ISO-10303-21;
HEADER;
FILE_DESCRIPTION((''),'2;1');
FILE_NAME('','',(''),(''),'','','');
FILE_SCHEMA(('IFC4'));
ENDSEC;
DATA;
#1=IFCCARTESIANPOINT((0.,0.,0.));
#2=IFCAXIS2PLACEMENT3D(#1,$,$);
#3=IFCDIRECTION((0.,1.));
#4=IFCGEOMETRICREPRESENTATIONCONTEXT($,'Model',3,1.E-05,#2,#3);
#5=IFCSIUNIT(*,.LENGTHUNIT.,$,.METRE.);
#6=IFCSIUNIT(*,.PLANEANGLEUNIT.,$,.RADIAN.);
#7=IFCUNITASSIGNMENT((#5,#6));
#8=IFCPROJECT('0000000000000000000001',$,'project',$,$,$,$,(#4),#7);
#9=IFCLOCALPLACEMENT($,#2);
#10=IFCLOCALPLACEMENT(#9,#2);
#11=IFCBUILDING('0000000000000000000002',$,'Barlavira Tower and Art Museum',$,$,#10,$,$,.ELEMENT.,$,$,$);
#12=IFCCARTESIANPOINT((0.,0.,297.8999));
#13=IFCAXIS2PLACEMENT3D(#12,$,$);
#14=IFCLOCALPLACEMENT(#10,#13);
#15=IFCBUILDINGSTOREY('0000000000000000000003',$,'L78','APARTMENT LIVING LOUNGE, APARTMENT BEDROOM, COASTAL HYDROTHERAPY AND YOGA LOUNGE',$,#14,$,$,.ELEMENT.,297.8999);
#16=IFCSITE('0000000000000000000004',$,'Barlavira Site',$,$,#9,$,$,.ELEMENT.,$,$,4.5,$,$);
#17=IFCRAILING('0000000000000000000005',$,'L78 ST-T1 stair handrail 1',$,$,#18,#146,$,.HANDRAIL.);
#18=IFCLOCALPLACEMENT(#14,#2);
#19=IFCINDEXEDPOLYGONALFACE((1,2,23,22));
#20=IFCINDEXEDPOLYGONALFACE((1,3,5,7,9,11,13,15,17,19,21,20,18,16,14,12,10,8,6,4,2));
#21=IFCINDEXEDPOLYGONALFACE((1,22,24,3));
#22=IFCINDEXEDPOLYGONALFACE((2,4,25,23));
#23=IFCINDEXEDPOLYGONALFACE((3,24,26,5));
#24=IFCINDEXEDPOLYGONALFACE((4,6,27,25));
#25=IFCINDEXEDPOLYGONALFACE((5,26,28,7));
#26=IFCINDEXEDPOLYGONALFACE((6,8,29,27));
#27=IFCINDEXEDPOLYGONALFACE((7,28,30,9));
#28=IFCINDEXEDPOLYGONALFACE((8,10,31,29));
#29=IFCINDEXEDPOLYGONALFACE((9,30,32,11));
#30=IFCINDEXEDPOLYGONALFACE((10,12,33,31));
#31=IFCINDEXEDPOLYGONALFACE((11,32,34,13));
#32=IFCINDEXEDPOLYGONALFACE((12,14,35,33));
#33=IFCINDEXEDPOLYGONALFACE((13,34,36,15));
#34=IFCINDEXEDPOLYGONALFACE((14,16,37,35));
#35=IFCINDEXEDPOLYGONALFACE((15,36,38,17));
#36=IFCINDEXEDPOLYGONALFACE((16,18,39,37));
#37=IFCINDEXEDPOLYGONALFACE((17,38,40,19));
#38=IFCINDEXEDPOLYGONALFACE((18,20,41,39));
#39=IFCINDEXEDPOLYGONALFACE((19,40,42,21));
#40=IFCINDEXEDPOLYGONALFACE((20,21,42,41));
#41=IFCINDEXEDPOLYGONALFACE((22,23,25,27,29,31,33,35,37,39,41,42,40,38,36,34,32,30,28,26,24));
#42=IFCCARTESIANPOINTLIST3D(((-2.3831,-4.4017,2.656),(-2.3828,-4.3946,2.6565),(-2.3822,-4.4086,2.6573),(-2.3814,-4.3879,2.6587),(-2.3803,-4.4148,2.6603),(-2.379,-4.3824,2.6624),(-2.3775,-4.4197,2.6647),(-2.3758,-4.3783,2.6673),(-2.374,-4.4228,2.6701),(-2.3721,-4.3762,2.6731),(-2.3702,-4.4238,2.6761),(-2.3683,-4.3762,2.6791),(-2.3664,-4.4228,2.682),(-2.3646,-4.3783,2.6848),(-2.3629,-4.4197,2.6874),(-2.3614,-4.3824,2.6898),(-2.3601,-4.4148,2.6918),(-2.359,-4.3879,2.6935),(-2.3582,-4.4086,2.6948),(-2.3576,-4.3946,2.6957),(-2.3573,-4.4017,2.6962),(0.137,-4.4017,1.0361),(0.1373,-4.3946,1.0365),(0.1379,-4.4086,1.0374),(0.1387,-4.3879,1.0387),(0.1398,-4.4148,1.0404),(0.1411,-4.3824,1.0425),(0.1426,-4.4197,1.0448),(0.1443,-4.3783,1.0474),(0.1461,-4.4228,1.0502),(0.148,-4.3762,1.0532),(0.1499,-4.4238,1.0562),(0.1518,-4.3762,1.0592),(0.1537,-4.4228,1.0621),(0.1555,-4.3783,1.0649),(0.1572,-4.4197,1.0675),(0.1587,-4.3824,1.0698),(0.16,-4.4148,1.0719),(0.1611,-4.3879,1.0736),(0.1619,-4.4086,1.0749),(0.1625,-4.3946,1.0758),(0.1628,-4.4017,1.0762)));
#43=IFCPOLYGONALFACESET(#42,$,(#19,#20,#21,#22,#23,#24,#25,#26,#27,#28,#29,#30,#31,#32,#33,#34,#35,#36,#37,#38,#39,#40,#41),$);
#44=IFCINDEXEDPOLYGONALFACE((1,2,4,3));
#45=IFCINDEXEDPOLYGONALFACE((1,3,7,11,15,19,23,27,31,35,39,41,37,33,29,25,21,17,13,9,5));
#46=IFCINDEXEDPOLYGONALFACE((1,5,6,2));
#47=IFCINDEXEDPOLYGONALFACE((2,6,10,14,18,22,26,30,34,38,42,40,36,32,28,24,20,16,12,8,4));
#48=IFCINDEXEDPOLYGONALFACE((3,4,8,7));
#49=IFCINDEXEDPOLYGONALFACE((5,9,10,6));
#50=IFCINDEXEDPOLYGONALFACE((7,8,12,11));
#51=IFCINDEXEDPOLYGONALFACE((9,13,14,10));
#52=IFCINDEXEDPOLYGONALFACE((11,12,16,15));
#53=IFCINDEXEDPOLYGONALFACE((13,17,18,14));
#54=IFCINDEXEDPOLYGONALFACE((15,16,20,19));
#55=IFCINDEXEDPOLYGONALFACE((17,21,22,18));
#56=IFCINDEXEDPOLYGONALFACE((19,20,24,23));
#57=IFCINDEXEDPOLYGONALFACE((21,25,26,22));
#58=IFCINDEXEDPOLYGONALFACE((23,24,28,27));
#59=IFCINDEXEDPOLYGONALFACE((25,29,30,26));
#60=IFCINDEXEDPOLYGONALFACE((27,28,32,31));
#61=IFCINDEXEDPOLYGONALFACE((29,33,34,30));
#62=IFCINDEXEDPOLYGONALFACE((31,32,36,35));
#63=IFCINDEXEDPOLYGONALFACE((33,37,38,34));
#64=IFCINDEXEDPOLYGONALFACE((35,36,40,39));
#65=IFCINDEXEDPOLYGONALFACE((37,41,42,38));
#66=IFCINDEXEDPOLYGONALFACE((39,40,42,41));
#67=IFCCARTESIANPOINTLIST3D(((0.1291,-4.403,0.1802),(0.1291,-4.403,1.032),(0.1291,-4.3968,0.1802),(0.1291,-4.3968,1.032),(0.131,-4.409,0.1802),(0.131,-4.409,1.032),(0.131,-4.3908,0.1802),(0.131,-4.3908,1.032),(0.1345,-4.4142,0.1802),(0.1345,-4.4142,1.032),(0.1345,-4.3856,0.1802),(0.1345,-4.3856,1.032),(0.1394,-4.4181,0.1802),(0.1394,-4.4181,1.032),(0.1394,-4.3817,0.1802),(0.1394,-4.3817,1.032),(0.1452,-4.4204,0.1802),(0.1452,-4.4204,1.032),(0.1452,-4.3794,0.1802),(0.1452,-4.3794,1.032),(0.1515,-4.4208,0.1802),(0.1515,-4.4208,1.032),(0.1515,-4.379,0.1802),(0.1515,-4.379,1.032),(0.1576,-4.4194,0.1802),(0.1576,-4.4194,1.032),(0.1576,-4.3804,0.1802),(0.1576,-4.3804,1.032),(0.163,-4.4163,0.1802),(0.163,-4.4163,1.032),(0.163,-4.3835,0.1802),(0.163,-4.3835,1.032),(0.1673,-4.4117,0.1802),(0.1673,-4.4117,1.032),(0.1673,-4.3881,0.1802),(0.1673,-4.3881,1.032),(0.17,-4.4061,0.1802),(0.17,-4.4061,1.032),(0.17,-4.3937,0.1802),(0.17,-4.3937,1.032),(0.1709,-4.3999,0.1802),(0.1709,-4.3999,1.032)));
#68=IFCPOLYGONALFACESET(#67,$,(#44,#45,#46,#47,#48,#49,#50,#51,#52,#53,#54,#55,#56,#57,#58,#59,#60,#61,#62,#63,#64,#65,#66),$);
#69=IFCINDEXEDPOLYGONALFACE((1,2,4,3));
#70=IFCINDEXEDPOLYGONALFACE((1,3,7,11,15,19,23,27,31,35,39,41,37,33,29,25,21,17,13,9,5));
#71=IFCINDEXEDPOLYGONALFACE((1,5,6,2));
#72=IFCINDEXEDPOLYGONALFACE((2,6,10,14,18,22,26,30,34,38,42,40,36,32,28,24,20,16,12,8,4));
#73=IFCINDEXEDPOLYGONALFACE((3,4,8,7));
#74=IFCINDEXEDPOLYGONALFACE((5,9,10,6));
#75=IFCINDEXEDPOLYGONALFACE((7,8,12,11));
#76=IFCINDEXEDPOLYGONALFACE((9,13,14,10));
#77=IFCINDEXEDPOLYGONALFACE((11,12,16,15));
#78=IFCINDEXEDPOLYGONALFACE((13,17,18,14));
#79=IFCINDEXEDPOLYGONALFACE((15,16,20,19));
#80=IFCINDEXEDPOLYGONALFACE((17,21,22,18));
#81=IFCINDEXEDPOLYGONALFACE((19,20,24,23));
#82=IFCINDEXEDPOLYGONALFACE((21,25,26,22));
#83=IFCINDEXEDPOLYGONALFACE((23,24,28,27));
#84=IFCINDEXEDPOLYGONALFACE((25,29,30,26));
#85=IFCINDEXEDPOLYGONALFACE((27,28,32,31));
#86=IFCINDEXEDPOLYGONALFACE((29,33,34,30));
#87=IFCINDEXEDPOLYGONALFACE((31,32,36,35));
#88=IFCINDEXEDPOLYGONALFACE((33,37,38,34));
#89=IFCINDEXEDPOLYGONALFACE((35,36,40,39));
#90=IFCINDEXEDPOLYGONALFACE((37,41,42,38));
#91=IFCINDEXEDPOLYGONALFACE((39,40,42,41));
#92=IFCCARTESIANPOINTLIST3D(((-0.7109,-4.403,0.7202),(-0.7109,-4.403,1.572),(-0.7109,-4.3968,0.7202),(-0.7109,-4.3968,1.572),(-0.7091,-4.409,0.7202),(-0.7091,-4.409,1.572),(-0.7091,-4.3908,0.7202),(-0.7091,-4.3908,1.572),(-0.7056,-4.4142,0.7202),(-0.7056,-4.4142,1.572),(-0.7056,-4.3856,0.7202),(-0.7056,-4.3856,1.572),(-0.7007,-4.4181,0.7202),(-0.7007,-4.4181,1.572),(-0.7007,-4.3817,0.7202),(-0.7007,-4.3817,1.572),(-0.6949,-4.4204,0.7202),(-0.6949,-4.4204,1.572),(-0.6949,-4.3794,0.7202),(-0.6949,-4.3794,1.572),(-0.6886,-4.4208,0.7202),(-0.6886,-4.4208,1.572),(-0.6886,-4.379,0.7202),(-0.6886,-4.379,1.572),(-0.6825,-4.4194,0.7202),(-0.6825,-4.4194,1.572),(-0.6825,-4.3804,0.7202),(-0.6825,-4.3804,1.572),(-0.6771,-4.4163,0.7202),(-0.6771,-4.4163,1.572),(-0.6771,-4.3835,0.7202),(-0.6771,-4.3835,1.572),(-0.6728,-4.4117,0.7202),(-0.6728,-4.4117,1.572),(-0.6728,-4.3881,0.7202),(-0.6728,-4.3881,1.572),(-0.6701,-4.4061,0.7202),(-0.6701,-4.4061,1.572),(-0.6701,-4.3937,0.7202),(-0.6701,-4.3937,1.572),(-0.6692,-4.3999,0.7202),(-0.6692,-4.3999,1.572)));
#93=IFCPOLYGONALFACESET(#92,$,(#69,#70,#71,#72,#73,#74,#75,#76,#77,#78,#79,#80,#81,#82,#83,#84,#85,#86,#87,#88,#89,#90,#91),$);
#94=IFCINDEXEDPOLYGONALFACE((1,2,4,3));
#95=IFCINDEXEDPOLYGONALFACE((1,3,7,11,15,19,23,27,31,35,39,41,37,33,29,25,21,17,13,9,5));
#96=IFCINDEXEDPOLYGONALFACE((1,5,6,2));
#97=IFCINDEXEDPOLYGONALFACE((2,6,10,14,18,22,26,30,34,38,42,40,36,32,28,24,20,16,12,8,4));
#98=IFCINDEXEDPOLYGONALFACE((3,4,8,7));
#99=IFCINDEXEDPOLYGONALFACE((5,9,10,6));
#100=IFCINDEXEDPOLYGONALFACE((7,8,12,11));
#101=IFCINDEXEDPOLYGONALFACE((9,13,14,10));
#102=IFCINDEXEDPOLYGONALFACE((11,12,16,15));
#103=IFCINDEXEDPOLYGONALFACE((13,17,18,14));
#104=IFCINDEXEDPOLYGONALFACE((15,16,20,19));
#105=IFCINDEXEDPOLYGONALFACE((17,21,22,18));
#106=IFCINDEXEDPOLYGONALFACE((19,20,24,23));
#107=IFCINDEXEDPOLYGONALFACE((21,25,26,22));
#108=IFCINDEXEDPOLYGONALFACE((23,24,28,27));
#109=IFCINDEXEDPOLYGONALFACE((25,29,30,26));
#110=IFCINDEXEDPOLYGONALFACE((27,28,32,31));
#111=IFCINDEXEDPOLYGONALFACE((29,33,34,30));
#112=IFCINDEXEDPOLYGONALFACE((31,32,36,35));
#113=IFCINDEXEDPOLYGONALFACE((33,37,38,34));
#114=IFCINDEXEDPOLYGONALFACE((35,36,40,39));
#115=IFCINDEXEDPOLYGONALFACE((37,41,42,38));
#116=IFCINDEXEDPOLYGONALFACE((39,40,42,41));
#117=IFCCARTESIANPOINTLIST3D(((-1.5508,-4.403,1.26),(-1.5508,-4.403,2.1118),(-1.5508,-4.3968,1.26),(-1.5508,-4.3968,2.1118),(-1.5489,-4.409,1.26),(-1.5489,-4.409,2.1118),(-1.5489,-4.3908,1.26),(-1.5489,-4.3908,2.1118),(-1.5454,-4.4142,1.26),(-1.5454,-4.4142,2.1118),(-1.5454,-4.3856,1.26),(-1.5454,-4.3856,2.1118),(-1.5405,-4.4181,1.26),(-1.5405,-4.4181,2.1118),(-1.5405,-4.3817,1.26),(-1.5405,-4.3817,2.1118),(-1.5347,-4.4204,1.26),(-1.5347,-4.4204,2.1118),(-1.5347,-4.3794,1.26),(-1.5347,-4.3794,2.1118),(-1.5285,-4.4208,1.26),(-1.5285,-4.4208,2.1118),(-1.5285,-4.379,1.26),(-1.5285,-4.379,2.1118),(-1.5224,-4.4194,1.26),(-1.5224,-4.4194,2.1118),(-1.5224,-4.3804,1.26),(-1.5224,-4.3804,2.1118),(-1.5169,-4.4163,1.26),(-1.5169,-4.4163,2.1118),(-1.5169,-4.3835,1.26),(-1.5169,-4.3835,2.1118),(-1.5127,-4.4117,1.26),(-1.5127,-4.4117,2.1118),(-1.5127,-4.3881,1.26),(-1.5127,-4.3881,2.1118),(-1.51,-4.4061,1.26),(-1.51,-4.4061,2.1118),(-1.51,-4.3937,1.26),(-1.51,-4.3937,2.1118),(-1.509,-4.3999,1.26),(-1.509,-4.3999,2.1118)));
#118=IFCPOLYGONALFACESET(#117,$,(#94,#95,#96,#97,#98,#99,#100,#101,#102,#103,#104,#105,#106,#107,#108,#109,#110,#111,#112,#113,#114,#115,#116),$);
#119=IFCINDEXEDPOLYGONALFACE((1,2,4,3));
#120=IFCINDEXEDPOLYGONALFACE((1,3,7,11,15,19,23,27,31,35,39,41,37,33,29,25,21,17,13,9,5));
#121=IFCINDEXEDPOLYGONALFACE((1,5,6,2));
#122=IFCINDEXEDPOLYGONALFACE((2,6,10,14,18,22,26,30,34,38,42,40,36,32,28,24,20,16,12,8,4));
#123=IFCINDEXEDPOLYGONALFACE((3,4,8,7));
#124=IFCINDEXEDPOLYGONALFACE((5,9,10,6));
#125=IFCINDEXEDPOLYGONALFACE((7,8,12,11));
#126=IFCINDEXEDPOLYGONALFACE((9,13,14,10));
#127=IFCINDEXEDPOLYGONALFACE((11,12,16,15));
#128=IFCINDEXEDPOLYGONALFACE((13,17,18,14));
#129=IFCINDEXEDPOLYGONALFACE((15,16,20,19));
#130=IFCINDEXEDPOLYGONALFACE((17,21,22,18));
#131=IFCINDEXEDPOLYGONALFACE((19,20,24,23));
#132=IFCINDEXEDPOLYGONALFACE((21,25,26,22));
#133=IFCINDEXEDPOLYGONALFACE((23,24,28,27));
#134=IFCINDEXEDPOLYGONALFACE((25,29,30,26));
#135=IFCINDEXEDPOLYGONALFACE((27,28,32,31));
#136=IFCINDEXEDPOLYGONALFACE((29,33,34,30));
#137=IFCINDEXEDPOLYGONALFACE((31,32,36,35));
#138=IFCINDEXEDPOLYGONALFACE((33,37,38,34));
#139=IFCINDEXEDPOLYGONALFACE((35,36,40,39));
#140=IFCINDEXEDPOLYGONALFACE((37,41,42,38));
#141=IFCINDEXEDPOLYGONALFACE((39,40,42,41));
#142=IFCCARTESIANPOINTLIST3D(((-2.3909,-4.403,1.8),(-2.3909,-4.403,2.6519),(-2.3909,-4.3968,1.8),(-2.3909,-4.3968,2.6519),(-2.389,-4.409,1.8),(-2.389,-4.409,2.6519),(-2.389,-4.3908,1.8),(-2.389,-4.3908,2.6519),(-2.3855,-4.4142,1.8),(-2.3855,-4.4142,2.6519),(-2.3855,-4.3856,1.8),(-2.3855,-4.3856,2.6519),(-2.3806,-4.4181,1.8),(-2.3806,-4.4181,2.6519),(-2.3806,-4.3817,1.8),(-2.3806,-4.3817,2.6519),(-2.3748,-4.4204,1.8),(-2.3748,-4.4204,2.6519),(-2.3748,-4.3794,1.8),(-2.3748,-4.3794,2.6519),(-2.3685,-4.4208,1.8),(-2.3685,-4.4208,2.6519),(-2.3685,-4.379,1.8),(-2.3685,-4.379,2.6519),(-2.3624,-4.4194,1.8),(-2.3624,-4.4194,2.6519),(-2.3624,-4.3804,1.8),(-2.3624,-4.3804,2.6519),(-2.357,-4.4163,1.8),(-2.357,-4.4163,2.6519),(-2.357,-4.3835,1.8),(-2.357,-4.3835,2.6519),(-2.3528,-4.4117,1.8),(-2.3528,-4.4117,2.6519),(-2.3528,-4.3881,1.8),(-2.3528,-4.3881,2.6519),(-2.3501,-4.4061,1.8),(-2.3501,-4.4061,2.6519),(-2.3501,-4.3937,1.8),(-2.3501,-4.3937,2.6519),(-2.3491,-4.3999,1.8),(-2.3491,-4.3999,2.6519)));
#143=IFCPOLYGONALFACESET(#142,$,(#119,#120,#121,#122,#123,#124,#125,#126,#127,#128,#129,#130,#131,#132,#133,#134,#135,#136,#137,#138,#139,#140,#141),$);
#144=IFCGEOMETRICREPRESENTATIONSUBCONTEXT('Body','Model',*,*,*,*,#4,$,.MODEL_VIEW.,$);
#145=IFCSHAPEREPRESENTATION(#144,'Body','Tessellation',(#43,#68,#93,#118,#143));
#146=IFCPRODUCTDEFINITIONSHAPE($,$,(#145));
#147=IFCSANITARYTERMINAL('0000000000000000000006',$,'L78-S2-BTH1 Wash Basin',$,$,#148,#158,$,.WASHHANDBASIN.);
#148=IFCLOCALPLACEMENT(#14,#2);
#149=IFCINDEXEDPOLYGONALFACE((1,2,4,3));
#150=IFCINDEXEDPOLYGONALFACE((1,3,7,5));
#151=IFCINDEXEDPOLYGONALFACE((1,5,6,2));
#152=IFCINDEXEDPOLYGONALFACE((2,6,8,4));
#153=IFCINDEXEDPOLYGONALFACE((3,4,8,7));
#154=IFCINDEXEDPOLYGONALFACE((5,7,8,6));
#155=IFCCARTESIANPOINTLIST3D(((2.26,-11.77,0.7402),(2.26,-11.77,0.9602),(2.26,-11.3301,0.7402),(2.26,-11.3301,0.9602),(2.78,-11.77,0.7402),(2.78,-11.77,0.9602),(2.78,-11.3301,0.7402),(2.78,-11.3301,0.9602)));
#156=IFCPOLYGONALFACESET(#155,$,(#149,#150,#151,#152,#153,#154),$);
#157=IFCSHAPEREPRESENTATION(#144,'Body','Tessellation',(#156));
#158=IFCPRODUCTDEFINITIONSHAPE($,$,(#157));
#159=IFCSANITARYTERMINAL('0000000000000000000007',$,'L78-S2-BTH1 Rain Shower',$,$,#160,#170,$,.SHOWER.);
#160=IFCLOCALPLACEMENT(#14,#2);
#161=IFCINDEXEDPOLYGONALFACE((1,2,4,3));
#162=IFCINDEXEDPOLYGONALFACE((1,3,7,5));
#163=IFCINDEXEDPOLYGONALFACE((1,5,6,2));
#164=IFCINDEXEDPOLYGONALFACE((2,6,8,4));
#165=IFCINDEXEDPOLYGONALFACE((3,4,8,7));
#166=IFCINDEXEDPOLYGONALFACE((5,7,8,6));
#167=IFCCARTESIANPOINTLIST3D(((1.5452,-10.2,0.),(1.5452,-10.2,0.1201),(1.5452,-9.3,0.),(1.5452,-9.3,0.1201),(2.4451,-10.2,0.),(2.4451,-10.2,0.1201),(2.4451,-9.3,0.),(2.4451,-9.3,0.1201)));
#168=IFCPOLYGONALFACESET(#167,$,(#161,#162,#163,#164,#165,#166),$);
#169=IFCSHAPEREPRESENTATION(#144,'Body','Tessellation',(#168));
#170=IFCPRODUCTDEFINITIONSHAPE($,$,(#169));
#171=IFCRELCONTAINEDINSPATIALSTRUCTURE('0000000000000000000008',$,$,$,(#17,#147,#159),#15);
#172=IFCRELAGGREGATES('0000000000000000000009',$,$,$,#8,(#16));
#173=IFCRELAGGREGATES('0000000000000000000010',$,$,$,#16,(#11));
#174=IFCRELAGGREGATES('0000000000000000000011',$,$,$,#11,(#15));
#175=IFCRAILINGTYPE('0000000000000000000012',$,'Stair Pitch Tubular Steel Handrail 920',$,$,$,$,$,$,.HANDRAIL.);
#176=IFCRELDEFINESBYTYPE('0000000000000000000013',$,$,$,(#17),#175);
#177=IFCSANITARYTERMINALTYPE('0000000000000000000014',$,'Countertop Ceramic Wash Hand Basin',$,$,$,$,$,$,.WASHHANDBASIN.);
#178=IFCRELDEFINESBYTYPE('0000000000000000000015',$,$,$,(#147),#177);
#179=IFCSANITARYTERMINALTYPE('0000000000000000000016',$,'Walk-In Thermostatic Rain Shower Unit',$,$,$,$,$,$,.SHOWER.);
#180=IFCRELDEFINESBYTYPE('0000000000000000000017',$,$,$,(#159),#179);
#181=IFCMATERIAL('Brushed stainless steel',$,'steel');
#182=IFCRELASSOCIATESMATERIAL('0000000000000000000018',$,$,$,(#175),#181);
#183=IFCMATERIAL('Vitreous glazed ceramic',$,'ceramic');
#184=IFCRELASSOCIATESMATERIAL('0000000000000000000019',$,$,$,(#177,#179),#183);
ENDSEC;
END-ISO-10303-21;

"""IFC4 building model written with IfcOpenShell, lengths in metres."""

from ifc_helpers import new_model, si_unit, direction, frame, origin, origin_2d, place, context, subcontext, project, spatial, rectangle, circle, extrude, material, type_object, element, save


model = new_model("IFC4")

# Units and contexts
model_context = context("Model", 3, precision=1e-05, world=origin(), true_north=direction((0.0, 1.0)))
body_context = subcontext(model_context, "Body", "Model", "MODEL_VIEW")
ifc_project = project(units=[si_unit("LENGTHUNIT", "METRE"), si_unit("PLANEANGLEUNIT", "RADIAN")], contexts=[model_context])

# Site, building, storey
site_placement = place(None, origin())
site = spatial("IfcSite", under=ifc_project, at=site_placement, Name="Barlavira Site", CompositionType="ELEMENT", RefElevation=4.5)
building_placement = place(site_placement, origin())
building = spatial("IfcBuilding", under=site, at=building_placement, Name="Barlavira Tower and Art Museum", CompositionType="ELEMENT")
storey_placement = place(building_placement, frame((0.0, 0.0, 297.8999)))
storey = spatial("IfcBuildingStorey", under=building, at=storey_placement, Name="L78", Description="APARTMENT LIVING LOUNGE, APARTMENT BEDROOM, COASTAL HYDROTHERAPY AND YOGA LOUNGE", CompositionType="ELEMENT", Elevation=297.8999)

# Shared definitions
ifc_material_1 = material(Name="Brushed stainless steel", Category="steel")

# Railing
railing_type_1 = type_object("IfcRailingType", Name="Stair Pitch Tubular Steel Handrail 920", PredefinedType="HANDRAIL", material=ifc_material_1)
railing_1_placement = place(storey_placement, frame((0.1499, -4.3999, 0.1802)))
element("IfcRailing", 1, at=railing_1_placement, inside=storey, type_object=railing_type_1, Name="L78 ST-T1 stair handrail 1", PredefinedType="HANDRAIL", context=body_context, shape_type="SweptSolid", body=[
    extrude(circle(Radius=0.0239, at=origin_2d()), frame((0.0, 0.0, 0.876), z_axis=(-0.8412, 0.0, 0.540725), x_axis=(0.0, -1.0, 0.0)), (0.0, 0.0, 1.0), 2.9958),
    extrude(circle(Radius=0.021, at=origin_2d()), origin(), (0.0, 0.0, 1.0), 0.8518),
    extrude(circle(Radius=0.021, at=origin_2d()), frame((-0.8401, 0.0, 0.54)), (0.0, 0.0, 1.0), 0.8518),
    extrude(circle(Radius=0.021, at=origin_2d()), frame((-1.6799, 0.0, 1.0798)), (0.0, 0.0, 1.0), 0.8518),
    extrude(circle(Radius=0.021, at=origin_2d()), frame((-2.52, 0.0, 1.6199)), (0.0, 0.0, 1.0), 0.8518),
])

# Sanitary terminals
ifc_material_2 = material(Name="Vitreous glazed ceramic", Category="ceramic")
sanitary_terminal_type_1 = type_object("IfcSanitaryTerminalType", Name="Countertop Ceramic Wash Hand Basin", PredefinedType="WASHHANDBASIN", material=ifc_material_2)
sanitary_terminal_1_placement = place(storey_placement, frame((2.52, -11.55, 0.7402), z_axis=(0.0, 0.0, 1.0), x_axis=(1.0, 0.0, 0.0)))
element("IfcSanitaryTerminal", 2, at=sanitary_terminal_1_placement, inside=storey, type_object=sanitary_terminal_type_1, Name="L78-S2-BTH1 Wash Basin", PredefinedType="WASHHANDBASIN", context=body_context, shape_type="SweptSolid", body=[
    extrude(rectangle(XDim=0.52, YDim=0.4399, at=origin_2d()), origin(), (0.0, 0.0, 1.0), 0.22),
])
sanitary_terminal_type_2 = type_object("IfcSanitaryTerminalType", Name="Walk-In Thermostatic Rain Shower Unit", PredefinedType="SHOWER", material=ifc_material_2)
sanitary_terminal_2_placement = place(storey_placement, frame((1.9951, -9.75, 0.0), z_axis=(0.0, 0.0, 1.0), x_axis=(1.0, 0.0, 0.0)))
element("IfcSanitaryTerminal", 3, at=sanitary_terminal_2_placement, inside=storey, type_object=sanitary_terminal_type_2, Name="L78-S2-BTH1 Rain Shower", PredefinedType="SHOWER", context=body_context, shape_type="SweptSolid", body=[
    extrude(rectangle(XDim=0.8999, YDim=0.8999, at=origin_2d()), origin(), (0.0, 0.0, 1.0), 0.1201),
])

save(model, "model.ifc")
